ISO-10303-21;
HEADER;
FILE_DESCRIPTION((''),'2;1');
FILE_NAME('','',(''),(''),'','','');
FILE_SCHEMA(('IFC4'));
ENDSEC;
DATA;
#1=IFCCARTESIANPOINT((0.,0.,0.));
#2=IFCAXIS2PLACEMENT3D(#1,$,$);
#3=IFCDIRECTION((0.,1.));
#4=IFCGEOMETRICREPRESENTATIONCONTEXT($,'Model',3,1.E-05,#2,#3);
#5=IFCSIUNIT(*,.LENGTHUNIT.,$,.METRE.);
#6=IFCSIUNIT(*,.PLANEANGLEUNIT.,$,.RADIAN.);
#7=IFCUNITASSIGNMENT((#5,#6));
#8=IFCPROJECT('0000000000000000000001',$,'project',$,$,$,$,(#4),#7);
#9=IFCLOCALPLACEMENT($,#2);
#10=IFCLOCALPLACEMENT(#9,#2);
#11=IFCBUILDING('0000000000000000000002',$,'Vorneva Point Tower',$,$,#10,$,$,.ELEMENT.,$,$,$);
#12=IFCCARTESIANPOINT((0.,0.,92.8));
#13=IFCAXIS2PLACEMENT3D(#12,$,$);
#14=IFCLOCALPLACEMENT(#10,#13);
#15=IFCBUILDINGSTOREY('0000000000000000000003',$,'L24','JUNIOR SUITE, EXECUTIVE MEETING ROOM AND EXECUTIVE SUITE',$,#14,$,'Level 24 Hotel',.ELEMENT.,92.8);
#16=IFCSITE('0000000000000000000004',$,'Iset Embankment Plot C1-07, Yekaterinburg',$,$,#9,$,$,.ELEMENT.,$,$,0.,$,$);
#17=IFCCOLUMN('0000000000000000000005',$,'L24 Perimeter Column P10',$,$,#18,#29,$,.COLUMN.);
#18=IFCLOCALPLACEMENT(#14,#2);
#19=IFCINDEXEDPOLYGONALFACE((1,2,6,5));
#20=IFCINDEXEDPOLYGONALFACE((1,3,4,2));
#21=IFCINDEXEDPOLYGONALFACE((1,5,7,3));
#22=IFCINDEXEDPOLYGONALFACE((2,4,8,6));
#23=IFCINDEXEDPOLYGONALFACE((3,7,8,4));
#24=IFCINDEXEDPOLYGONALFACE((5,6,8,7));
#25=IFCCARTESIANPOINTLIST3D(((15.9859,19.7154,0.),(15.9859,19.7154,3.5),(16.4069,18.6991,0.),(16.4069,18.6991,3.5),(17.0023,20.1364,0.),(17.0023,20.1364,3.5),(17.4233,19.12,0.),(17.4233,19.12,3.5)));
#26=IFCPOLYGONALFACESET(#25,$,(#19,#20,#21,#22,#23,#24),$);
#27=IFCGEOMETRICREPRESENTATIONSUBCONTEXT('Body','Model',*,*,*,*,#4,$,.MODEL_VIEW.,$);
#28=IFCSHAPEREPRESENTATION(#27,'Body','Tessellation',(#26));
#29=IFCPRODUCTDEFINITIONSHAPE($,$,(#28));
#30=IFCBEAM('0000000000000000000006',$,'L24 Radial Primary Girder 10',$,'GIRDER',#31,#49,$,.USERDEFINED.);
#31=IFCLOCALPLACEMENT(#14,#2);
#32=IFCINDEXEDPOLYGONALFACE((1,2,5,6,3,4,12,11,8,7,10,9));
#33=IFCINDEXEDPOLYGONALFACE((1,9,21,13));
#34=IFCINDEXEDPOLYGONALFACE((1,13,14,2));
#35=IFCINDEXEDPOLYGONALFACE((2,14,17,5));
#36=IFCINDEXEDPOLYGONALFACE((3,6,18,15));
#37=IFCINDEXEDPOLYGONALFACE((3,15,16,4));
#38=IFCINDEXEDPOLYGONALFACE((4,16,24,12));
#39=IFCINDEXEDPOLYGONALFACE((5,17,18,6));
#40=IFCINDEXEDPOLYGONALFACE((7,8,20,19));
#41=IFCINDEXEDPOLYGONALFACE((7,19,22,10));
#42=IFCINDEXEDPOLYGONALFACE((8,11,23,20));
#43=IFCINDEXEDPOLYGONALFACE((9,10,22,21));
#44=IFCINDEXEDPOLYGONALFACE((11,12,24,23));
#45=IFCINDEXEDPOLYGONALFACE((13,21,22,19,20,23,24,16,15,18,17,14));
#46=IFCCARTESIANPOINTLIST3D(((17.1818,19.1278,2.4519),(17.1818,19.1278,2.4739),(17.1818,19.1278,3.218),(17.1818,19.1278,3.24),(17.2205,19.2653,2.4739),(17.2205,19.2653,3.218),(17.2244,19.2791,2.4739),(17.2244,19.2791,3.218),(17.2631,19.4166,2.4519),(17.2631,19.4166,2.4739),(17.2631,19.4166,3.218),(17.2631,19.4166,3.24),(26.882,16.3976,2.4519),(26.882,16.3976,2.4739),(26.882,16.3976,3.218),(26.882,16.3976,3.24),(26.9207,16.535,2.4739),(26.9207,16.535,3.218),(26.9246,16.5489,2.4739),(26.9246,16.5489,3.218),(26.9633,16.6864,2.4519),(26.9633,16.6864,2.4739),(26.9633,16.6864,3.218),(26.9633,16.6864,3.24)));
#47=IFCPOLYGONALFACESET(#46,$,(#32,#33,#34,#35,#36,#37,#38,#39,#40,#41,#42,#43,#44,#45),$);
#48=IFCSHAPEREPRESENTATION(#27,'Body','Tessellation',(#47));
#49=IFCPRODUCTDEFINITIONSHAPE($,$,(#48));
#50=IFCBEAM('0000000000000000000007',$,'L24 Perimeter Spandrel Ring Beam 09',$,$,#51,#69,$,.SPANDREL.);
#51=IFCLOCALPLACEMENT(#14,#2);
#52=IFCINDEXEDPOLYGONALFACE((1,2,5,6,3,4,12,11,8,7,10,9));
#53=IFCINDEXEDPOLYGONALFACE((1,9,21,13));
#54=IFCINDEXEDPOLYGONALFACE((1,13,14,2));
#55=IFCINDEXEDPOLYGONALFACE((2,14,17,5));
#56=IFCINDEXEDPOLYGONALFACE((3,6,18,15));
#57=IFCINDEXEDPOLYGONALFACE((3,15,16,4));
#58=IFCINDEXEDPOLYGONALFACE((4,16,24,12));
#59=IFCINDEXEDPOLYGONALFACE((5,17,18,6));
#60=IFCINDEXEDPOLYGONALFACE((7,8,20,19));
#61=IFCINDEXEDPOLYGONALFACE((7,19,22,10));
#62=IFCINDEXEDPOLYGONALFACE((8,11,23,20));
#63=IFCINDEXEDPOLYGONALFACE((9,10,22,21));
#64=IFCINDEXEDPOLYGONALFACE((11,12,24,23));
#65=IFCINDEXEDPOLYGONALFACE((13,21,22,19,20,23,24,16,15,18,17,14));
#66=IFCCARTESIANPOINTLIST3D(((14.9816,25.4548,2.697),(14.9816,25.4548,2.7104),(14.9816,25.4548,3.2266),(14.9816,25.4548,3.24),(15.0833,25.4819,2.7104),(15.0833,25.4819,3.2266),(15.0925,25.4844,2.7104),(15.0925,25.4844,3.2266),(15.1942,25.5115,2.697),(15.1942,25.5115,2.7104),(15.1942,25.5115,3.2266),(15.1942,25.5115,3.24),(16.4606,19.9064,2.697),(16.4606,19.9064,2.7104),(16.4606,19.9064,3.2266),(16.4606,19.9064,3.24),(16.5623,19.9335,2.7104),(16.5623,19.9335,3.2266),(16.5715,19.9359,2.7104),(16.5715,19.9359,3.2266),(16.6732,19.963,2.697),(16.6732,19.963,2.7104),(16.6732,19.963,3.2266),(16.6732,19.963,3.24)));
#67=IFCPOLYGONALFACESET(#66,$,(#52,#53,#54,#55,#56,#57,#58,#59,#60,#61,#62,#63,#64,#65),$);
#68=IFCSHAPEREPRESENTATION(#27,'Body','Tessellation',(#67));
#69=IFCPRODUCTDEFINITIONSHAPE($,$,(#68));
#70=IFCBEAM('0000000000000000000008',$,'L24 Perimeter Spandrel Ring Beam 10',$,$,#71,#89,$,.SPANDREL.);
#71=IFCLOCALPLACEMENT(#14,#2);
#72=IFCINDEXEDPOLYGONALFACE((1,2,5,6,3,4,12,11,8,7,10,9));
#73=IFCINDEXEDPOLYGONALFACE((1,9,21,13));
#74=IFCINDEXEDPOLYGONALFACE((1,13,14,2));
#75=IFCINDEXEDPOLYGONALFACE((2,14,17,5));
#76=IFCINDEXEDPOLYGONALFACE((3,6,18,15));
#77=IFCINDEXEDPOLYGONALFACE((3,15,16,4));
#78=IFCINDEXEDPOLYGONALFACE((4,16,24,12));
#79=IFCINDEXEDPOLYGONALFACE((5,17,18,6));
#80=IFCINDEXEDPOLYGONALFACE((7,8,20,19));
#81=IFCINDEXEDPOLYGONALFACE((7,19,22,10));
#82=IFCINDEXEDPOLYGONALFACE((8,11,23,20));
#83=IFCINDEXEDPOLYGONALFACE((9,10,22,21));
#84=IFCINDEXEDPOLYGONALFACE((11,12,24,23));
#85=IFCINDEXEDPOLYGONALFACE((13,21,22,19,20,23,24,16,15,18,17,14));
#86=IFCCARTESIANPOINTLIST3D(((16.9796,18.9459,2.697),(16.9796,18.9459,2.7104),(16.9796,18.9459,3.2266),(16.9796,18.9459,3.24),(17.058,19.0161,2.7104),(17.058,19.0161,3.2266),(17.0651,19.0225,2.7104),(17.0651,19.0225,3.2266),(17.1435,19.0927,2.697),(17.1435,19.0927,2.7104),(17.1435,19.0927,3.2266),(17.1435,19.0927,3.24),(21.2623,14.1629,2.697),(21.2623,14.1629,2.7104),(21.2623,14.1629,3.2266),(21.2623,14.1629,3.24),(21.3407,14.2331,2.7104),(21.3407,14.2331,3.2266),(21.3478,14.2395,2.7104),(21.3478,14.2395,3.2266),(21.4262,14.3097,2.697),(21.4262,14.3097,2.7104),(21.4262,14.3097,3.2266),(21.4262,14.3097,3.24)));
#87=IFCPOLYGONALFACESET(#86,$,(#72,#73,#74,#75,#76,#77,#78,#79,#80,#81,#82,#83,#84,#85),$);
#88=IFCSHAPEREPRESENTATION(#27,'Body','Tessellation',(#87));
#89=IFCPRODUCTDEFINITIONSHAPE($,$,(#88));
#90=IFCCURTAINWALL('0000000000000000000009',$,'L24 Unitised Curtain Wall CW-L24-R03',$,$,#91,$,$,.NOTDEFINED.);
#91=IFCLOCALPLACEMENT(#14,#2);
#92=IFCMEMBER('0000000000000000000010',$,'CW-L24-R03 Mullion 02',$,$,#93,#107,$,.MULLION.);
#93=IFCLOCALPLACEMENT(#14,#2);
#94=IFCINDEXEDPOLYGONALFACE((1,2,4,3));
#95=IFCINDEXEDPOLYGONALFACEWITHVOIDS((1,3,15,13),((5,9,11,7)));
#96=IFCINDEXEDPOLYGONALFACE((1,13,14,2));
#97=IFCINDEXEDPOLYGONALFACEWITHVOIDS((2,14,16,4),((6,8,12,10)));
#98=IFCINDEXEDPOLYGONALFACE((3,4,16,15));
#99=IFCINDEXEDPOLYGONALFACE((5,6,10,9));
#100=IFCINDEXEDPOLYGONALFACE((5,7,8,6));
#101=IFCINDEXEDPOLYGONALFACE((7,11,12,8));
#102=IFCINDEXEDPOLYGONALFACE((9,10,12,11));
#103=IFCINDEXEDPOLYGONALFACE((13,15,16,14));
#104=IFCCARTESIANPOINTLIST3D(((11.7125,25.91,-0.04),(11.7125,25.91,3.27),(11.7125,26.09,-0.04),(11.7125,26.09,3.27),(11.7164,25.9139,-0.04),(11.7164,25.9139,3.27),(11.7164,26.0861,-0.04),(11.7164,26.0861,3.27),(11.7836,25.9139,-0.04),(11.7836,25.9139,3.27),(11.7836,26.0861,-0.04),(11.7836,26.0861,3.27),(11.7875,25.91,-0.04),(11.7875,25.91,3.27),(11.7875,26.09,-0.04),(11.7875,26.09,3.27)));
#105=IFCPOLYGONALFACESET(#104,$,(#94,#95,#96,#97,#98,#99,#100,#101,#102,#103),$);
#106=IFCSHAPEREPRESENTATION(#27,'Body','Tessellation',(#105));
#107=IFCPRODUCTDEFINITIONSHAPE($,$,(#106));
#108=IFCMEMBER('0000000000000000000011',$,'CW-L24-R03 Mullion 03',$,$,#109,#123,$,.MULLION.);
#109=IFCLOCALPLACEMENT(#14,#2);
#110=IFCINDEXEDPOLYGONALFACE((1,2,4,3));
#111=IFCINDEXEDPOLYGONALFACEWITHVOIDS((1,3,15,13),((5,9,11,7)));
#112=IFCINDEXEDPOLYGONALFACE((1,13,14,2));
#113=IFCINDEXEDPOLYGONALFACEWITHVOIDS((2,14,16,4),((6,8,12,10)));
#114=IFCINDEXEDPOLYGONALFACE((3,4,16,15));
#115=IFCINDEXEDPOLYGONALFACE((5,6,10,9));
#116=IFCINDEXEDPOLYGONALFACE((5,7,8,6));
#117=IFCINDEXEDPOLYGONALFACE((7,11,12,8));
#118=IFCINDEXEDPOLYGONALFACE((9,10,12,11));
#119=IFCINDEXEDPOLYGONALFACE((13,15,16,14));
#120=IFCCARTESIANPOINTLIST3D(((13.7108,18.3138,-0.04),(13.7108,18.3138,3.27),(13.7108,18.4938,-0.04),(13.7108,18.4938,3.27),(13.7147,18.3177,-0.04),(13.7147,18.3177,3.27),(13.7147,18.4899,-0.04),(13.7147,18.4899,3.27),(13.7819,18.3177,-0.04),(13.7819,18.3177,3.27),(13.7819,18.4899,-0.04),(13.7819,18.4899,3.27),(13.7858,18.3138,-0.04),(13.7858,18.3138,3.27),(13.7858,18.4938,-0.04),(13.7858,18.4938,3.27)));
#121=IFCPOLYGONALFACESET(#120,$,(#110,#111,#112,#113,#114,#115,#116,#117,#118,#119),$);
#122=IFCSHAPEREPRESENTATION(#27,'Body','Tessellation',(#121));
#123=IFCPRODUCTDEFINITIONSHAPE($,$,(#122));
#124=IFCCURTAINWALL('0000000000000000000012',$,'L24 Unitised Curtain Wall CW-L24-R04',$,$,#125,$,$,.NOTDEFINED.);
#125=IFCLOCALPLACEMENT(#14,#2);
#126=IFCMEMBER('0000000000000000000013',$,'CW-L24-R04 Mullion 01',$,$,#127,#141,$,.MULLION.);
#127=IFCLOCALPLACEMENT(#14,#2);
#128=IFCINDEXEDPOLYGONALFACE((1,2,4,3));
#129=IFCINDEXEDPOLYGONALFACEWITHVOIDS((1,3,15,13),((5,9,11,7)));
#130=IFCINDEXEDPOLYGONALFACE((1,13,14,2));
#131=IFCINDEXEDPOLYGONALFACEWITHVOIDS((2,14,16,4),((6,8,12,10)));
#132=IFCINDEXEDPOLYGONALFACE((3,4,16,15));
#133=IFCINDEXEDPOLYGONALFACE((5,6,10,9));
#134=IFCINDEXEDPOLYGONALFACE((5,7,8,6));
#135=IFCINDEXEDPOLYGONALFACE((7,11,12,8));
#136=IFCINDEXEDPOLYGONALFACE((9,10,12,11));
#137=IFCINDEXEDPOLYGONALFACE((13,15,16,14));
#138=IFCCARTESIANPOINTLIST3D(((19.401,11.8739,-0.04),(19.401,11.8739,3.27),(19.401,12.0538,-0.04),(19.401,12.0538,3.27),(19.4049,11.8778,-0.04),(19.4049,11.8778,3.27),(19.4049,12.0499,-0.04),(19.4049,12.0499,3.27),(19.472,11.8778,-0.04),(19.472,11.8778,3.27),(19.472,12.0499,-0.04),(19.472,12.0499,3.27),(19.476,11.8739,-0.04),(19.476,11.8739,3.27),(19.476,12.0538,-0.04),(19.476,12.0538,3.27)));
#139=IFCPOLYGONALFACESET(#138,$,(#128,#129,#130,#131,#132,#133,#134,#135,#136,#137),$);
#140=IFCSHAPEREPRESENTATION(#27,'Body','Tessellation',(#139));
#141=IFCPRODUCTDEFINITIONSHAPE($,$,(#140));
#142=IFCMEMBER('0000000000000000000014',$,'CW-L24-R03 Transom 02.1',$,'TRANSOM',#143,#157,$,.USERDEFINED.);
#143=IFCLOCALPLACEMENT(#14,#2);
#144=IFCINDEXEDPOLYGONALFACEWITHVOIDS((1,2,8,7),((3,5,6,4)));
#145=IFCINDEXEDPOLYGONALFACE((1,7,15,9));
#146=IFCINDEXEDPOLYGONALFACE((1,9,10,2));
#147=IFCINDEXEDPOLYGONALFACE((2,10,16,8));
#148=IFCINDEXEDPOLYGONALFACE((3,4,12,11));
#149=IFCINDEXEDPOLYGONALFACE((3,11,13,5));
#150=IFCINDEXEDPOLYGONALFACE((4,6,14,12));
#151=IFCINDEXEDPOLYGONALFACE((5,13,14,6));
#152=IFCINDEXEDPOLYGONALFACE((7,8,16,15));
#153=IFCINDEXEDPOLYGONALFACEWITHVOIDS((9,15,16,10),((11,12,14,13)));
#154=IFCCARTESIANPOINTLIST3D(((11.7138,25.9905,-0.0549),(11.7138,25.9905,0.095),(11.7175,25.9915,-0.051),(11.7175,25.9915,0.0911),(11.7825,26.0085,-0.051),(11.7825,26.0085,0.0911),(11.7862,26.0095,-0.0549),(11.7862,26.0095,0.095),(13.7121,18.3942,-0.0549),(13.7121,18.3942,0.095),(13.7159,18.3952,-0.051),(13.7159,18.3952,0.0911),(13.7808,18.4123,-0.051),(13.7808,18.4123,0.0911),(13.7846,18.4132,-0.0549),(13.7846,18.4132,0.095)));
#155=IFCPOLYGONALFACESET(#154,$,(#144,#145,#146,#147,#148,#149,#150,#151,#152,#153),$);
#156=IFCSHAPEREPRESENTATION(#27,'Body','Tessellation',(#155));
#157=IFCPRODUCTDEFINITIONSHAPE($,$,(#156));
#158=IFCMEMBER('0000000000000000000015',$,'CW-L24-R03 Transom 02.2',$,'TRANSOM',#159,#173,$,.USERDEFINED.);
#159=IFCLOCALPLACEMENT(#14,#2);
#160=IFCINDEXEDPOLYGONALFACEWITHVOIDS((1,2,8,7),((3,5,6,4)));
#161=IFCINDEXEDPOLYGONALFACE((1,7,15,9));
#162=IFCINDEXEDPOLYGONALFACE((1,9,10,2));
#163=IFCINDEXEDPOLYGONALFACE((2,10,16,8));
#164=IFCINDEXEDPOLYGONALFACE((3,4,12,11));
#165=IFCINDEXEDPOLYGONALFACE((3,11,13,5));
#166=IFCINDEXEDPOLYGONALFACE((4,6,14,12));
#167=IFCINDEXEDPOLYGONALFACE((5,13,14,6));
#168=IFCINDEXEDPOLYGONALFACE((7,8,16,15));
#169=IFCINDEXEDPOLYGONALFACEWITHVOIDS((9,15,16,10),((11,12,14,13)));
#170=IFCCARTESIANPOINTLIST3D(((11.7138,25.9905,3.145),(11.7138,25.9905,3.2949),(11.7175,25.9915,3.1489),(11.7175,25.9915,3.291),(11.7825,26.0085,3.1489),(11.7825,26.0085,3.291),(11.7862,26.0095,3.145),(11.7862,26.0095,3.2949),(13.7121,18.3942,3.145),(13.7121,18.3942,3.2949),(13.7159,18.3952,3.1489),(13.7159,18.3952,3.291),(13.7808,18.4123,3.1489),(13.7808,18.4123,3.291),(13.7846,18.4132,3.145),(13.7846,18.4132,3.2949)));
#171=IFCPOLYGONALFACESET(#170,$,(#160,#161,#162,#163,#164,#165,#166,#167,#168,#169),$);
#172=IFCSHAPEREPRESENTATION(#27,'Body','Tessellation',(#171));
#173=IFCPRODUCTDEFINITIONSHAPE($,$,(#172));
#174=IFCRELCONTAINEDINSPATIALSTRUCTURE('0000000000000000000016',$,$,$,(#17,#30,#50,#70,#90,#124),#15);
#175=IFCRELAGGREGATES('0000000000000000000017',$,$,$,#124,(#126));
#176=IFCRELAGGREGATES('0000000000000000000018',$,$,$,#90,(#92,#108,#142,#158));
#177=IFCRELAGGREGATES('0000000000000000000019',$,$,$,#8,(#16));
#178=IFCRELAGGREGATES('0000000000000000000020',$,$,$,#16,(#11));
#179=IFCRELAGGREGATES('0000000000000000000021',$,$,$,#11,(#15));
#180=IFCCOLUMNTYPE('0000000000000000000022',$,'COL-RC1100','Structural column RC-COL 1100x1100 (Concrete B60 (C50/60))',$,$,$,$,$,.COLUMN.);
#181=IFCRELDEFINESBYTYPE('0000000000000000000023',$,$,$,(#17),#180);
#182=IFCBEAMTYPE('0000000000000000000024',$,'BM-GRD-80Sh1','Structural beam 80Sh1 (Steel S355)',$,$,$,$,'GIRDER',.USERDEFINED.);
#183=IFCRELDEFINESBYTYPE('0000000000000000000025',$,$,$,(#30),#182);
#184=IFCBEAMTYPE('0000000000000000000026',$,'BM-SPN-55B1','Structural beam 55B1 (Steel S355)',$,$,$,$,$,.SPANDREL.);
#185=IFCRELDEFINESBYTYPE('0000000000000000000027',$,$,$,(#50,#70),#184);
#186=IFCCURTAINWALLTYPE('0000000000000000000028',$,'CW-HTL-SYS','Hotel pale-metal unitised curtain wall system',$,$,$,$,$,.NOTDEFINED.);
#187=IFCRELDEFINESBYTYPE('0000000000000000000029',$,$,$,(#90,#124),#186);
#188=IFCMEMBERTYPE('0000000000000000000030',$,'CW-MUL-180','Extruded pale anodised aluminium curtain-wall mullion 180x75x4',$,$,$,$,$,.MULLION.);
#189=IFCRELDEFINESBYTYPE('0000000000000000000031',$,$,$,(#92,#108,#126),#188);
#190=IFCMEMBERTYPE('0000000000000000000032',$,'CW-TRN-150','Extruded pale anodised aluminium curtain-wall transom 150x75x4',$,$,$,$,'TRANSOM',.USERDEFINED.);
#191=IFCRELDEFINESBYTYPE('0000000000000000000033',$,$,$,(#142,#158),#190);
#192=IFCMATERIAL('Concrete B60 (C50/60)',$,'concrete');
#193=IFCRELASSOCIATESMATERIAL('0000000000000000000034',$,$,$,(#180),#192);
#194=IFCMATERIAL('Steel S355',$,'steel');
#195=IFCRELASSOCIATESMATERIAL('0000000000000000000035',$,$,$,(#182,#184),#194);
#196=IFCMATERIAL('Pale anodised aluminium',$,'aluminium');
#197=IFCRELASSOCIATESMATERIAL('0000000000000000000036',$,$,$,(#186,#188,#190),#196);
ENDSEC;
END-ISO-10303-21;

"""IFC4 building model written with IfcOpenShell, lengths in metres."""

from ifc_helpers import new_model, si_unit, direction, frame, origin, origin_2d, place, context, subcontext, project, spatial, rectangle, hollow_rectangle, i_section, extrude, material, material_profile, profile_set, type_object, element, aggregate, save


model = new_model("IFC4")

# Units and contexts
model_context = context("Model", 3, precision=1e-05, world=origin(), true_north=direction((0.0, 1.0)))
body_context = subcontext(model_context, "Body", "Model", "MODEL_VIEW")
ifc_project = project(units=[si_unit("LENGTHUNIT", "METRE"), si_unit("PLANEANGLEUNIT", "RADIAN")], contexts=[model_context])

# Site, building, storey
site_placement = place(None, origin())
site = spatial("IfcSite", under=ifc_project, at=site_placement, Name="Iset Embankment Plot C1-07, Yekaterinburg", CompositionType="ELEMENT", RefElevation=0.0)
building_placement = place(site_placement, origin())
building = spatial("IfcBuilding", under=site, at=building_placement, Name="Vorneva Point Tower", CompositionType="ELEMENT")
storey_placement = place(building_placement, frame((0.0, 0.0, 92.8)))
storey = spatial("IfcBuildingStorey", under=building, at=storey_placement, Name="L24", Description="JUNIOR SUITE, EXECUTIVE MEETING ROOM AND EXECUTIVE SUITE", LongName="Level 24 Hotel", CompositionType="ELEMENT", Elevation=92.8)

# Column
ifc_material_1 = material(Name="Concrete B60 (C50/60)", Category="concrete")
ifc_material_profile_1 = material_profile(ifc_material_1, rectangle(XDim=1.1001, YDim=1.1001, at=origin_2d()), Name="RC-COL 1100x1100")
ifc_profile_set_1 = profile_set([ifc_material_profile_1], Name="Concrete B60 (C50/60)")
column_type = type_object("IfcColumnType", Name="COL-RC1100", Description="Structural column RC-COL 1100x1100 (Concrete B60 (C50/60))", PredefinedType="COLUMN", material=ifc_profile_set_1)
column_placement = place(storey_placement, frame((16.7046, 19.4177, 0.0), z_axis=(0.0, 0.0, 1.0), x_axis=(-0.92388, -0.382683, 0.0)))
element("IfcColumn", 1, at=column_placement, inside=storey, type_object=column_type, Name="L24 Perimeter Column P10", PredefinedType="COLUMN", context=body_context, shape_type="SweptSolid", body=[
    extrude(rectangle(XDim=1.1001, YDim=1.1001, at=origin_2d()), origin(), (0.0, 0.0, 1.0), 3.5),
])

# Beams
ifc_material_2 = material(Name="Steel S355", Category="steel")
ifc_material_profile_2 = material_profile(ifc_material_2, i_section(OverallWidth=0.3, OverallDepth=0.7881, WebThickness=0.0144, FlangeThickness=0.022, at=origin_2d()), Name="80Sh1")
ifc_profile_set_2 = profile_set([ifc_material_profile_2], Name="Steel S355")
beam_type_1 = type_object("IfcBeamType", Name="BM-GRD-80Sh1", Description="Structural beam 80Sh1 (Steel S355)", ElementType="GIRDER", PredefinedType="USERDEFINED", material=ifc_profile_set_2)
beam_1_placement = place(storey_placement, frame((17.2224, 19.2722, 2.8459), z_axis=(0.962598, -0.270934, 0.0), x_axis=(0.270934, 0.962598, 0.0)))
element("IfcBeam", 2, at=beam_1_placement, inside=storey, type_object=beam_type_1, Name="L24 Radial Primary Girder 10", ObjectType="GIRDER", PredefinedType="USERDEFINED", context=body_context, shape_type="SweptSolid", body=[
    extrude(i_section(OverallWidth=0.3, OverallDepth=0.7881, WebThickness=0.0144, FlangeThickness=0.022, at=origin_2d()), origin(), (0.0, 0.0, 1.0), 10.0771),
])
ifc_material_profile_3 = material_profile(ifc_material_2, i_section(OverallWidth=0.22, OverallDepth=0.543, WebThickness=0.0095, FlangeThickness=0.0134, at=origin_2d()), Name="55B1")
ifc_profile_set_3 = profile_set([ifc_material_profile_3], Name="Steel S355")
beam_type_2 = type_object("IfcBeamType", Name="BM-SPN-55B1", Description="Structural beam 55B1 (Steel S355)", PredefinedType="SPANDREL", material=ifc_profile_set_3)
beam_2_placement = place(storey_placement, frame((15.0879, 25.4832, 2.9685), z_axis=(0.257573, -0.966259, 0.0), x_axis=(0.966259, 0.257573, 0.0)))
element("IfcBeam", 3, at=beam_2_placement, inside=storey, type_object=beam_type_2, Name="L24 Perimeter Spandrel Ring Beam 09", PredefinedType="SPANDREL", context=body_context, shape_type="SweptSolid", body=[
    extrude(i_section(OverallWidth=0.22, OverallDepth=0.543, WebThickness=0.0095, FlangeThickness=0.0134, at=origin_2d()), origin(), (0.0, 0.0, 1.0), 5.7422),
])
beam_3_placement = place(storey_placement, frame((17.0615, 19.0193, 2.9685), z_axis=(0.667074, -0.744992, 0.0), x_axis=(0.744992, 0.667074, 0.0)))
element("IfcBeam", 4, at=beam_3_placement, inside=storey, type_object=beam_type_2, Name="L24 Perimeter Spandrel Ring Beam 10", PredefinedType="SPANDREL", context=body_context, shape_type="SweptSolid", body=[
    extrude(i_section(OverallWidth=0.22, OverallDepth=0.543, WebThickness=0.0095, FlangeThickness=0.0134, at=origin_2d()), origin(), (0.0, 0.0, 1.0), 6.4202),
])

# Curtain wall, members
ifc_material_3 = material(Name="Pale anodised aluminium", Category="aluminium")
curtain_wall_type = type_object("IfcCurtainWallType", Name="CW-HTL-SYS", Description="Hotel pale-metal unitised curtain wall system", PredefinedType="NOTDEFINED", material=ifc_material_3)
curtain_wall_1_placement = place(storey_placement, origin())
curtain_wall_1 = element("IfcCurtainWall", 5, at=curtain_wall_1_placement, inside=storey, type_object=curtain_wall_type, Name="L24 Unitised Curtain Wall CW-L24-R03", PredefinedType="NOTDEFINED")
ifc_material_profile_4 = material_profile(ifc_material_3, hollow_rectangle(XDim=0.075, YDim=0.1799, WallThickness=0.0039, at=origin_2d()), Name="AL-MUL 180x75x4")
ifc_profile_set_4 = profile_set([ifc_material_profile_4], Name="Pale anodised aluminium")
member_type_1 = type_object("IfcMemberType", Name="CW-MUL-180", Description="Extruded pale anodised aluminium curtain-wall mullion 180x75x4", PredefinedType="MULLION", material=ifc_profile_set_4)
member_1_placement = place(storey_placement, frame((11.75, 26.0, -0.04), z_axis=(0.0, 0.0, 1.0), x_axis=(1.0, 0.0, 0.0)))
member_1 = element("IfcMember", 6, at=member_1_placement, type_object=member_type_1, Name="CW-L24-R03 Mullion 02", PredefinedType="MULLION", context=body_context, shape_type="SweptSolid", body=[
    extrude(hollow_rectangle(XDim=0.075, YDim=0.1799, WallThickness=0.0039, at=origin_2d()), origin(), (0.0, 0.0, 1.0), 3.3101),
])
member_2_placement = place(storey_placement, frame((13.7483, 18.4038, -0.04), z_axis=(0.0, 0.0, 1.0), x_axis=(1.0, 0.0, 0.0)))
member_2 = element("IfcMember", 7, at=member_2_placement, type_object=member_type_1, Name="CW-L24-R03 Mullion 03", PredefinedType="MULLION", context=body_context, shape_type="SweptSolid", body=[
    extrude(hollow_rectangle(XDim=0.075, YDim=0.1799, WallThickness=0.0039, at=origin_2d()), origin(), (0.0, 0.0, 1.0), 3.3101),
])

# Curtain wall, member
curtain_wall_2_placement = place(storey_placement, origin())
curtain_wall_2 = element("IfcCurtainWall", 8, at=curtain_wall_2_placement, inside=storey, type_object=curtain_wall_type, Name="L24 Unitised Curtain Wall CW-L24-R04", PredefinedType="NOTDEFINED")
member_3_placement = place(storey_placement, frame((19.4385, 11.9639, -0.04), z_axis=(0.0, 0.0, 1.0), x_axis=(1.0, 0.0, 0.0)))
member_3 = element("IfcMember", 9, at=member_3_placement, type_object=member_type_1, Name="CW-L24-R04 Mullion 01", PredefinedType="MULLION", context=body_context, shape_type="SweptSolid", body=[
    extrude(hollow_rectangle(XDim=0.075, YDim=0.1799, WallThickness=0.0039, at=origin_2d()), origin(), (0.0, 0.0, 1.0), 3.3101),
])

# Members
ifc_material_profile_5 = material_profile(ifc_material_3, hollow_rectangle(XDim=0.075, YDim=0.1499, WallThickness=0.0039, at=origin_2d()), Name="AL-TRN 150x75x4")
ifc_profile_set_5 = profile_set([ifc_material_profile_5], Name="Pale anodised aluminium")
member_type_2 = type_object("IfcMemberType", Name="CW-TRN-150", Description="Extruded pale anodised aluminium curtain-wall transom 150x75x4", ElementType="TRANSOM", PredefinedType="USERDEFINED", material=ifc_profile_set_5)
member_4_placement = place(storey_placement, frame((11.75, 26.0, 0.02), z_axis=(0.254409, -0.967097, 0.0), x_axis=(0.967097, 0.254409, 0.0)))
member_4 = element("IfcMember", 10, at=member_4_placement, type_object=member_type_2, Name="CW-L24-R03 Transom 02.1", ObjectType="TRANSOM", PredefinedType="USERDEFINED", context=body_context, shape_type="SweptSolid", body=[
    extrude(hollow_rectangle(XDim=0.075, YDim=0.1499, WallThickness=0.0039, at=origin_2d()), origin(), (0.0, 0.0, 1.0), 7.8547),
])
member_5_placement = place(storey_placement, frame((11.75, 26.0, 3.22), z_axis=(0.254409, -0.967097, 0.0), x_axis=(0.967097, 0.254409, 0.0)))
member_5 = element("IfcMember", 11, at=member_5_placement, type_object=member_type_2, Name="CW-L24-R03 Transom 02.2", ObjectType="TRANSOM", PredefinedType="USERDEFINED", context=body_context, shape_type="SweptSolid", body=[
    extrude(hollow_rectangle(XDim=0.075, YDim=0.1499, WallThickness=0.0039, at=origin_2d()), origin(), (0.0, 0.0, 1.0), 7.8547),
])
aggregate(curtain_wall_2, [member_3])

aggregate(curtain_wall_1, [member_1, member_2, member_4, member_5])

save(model, "model.ifc")
